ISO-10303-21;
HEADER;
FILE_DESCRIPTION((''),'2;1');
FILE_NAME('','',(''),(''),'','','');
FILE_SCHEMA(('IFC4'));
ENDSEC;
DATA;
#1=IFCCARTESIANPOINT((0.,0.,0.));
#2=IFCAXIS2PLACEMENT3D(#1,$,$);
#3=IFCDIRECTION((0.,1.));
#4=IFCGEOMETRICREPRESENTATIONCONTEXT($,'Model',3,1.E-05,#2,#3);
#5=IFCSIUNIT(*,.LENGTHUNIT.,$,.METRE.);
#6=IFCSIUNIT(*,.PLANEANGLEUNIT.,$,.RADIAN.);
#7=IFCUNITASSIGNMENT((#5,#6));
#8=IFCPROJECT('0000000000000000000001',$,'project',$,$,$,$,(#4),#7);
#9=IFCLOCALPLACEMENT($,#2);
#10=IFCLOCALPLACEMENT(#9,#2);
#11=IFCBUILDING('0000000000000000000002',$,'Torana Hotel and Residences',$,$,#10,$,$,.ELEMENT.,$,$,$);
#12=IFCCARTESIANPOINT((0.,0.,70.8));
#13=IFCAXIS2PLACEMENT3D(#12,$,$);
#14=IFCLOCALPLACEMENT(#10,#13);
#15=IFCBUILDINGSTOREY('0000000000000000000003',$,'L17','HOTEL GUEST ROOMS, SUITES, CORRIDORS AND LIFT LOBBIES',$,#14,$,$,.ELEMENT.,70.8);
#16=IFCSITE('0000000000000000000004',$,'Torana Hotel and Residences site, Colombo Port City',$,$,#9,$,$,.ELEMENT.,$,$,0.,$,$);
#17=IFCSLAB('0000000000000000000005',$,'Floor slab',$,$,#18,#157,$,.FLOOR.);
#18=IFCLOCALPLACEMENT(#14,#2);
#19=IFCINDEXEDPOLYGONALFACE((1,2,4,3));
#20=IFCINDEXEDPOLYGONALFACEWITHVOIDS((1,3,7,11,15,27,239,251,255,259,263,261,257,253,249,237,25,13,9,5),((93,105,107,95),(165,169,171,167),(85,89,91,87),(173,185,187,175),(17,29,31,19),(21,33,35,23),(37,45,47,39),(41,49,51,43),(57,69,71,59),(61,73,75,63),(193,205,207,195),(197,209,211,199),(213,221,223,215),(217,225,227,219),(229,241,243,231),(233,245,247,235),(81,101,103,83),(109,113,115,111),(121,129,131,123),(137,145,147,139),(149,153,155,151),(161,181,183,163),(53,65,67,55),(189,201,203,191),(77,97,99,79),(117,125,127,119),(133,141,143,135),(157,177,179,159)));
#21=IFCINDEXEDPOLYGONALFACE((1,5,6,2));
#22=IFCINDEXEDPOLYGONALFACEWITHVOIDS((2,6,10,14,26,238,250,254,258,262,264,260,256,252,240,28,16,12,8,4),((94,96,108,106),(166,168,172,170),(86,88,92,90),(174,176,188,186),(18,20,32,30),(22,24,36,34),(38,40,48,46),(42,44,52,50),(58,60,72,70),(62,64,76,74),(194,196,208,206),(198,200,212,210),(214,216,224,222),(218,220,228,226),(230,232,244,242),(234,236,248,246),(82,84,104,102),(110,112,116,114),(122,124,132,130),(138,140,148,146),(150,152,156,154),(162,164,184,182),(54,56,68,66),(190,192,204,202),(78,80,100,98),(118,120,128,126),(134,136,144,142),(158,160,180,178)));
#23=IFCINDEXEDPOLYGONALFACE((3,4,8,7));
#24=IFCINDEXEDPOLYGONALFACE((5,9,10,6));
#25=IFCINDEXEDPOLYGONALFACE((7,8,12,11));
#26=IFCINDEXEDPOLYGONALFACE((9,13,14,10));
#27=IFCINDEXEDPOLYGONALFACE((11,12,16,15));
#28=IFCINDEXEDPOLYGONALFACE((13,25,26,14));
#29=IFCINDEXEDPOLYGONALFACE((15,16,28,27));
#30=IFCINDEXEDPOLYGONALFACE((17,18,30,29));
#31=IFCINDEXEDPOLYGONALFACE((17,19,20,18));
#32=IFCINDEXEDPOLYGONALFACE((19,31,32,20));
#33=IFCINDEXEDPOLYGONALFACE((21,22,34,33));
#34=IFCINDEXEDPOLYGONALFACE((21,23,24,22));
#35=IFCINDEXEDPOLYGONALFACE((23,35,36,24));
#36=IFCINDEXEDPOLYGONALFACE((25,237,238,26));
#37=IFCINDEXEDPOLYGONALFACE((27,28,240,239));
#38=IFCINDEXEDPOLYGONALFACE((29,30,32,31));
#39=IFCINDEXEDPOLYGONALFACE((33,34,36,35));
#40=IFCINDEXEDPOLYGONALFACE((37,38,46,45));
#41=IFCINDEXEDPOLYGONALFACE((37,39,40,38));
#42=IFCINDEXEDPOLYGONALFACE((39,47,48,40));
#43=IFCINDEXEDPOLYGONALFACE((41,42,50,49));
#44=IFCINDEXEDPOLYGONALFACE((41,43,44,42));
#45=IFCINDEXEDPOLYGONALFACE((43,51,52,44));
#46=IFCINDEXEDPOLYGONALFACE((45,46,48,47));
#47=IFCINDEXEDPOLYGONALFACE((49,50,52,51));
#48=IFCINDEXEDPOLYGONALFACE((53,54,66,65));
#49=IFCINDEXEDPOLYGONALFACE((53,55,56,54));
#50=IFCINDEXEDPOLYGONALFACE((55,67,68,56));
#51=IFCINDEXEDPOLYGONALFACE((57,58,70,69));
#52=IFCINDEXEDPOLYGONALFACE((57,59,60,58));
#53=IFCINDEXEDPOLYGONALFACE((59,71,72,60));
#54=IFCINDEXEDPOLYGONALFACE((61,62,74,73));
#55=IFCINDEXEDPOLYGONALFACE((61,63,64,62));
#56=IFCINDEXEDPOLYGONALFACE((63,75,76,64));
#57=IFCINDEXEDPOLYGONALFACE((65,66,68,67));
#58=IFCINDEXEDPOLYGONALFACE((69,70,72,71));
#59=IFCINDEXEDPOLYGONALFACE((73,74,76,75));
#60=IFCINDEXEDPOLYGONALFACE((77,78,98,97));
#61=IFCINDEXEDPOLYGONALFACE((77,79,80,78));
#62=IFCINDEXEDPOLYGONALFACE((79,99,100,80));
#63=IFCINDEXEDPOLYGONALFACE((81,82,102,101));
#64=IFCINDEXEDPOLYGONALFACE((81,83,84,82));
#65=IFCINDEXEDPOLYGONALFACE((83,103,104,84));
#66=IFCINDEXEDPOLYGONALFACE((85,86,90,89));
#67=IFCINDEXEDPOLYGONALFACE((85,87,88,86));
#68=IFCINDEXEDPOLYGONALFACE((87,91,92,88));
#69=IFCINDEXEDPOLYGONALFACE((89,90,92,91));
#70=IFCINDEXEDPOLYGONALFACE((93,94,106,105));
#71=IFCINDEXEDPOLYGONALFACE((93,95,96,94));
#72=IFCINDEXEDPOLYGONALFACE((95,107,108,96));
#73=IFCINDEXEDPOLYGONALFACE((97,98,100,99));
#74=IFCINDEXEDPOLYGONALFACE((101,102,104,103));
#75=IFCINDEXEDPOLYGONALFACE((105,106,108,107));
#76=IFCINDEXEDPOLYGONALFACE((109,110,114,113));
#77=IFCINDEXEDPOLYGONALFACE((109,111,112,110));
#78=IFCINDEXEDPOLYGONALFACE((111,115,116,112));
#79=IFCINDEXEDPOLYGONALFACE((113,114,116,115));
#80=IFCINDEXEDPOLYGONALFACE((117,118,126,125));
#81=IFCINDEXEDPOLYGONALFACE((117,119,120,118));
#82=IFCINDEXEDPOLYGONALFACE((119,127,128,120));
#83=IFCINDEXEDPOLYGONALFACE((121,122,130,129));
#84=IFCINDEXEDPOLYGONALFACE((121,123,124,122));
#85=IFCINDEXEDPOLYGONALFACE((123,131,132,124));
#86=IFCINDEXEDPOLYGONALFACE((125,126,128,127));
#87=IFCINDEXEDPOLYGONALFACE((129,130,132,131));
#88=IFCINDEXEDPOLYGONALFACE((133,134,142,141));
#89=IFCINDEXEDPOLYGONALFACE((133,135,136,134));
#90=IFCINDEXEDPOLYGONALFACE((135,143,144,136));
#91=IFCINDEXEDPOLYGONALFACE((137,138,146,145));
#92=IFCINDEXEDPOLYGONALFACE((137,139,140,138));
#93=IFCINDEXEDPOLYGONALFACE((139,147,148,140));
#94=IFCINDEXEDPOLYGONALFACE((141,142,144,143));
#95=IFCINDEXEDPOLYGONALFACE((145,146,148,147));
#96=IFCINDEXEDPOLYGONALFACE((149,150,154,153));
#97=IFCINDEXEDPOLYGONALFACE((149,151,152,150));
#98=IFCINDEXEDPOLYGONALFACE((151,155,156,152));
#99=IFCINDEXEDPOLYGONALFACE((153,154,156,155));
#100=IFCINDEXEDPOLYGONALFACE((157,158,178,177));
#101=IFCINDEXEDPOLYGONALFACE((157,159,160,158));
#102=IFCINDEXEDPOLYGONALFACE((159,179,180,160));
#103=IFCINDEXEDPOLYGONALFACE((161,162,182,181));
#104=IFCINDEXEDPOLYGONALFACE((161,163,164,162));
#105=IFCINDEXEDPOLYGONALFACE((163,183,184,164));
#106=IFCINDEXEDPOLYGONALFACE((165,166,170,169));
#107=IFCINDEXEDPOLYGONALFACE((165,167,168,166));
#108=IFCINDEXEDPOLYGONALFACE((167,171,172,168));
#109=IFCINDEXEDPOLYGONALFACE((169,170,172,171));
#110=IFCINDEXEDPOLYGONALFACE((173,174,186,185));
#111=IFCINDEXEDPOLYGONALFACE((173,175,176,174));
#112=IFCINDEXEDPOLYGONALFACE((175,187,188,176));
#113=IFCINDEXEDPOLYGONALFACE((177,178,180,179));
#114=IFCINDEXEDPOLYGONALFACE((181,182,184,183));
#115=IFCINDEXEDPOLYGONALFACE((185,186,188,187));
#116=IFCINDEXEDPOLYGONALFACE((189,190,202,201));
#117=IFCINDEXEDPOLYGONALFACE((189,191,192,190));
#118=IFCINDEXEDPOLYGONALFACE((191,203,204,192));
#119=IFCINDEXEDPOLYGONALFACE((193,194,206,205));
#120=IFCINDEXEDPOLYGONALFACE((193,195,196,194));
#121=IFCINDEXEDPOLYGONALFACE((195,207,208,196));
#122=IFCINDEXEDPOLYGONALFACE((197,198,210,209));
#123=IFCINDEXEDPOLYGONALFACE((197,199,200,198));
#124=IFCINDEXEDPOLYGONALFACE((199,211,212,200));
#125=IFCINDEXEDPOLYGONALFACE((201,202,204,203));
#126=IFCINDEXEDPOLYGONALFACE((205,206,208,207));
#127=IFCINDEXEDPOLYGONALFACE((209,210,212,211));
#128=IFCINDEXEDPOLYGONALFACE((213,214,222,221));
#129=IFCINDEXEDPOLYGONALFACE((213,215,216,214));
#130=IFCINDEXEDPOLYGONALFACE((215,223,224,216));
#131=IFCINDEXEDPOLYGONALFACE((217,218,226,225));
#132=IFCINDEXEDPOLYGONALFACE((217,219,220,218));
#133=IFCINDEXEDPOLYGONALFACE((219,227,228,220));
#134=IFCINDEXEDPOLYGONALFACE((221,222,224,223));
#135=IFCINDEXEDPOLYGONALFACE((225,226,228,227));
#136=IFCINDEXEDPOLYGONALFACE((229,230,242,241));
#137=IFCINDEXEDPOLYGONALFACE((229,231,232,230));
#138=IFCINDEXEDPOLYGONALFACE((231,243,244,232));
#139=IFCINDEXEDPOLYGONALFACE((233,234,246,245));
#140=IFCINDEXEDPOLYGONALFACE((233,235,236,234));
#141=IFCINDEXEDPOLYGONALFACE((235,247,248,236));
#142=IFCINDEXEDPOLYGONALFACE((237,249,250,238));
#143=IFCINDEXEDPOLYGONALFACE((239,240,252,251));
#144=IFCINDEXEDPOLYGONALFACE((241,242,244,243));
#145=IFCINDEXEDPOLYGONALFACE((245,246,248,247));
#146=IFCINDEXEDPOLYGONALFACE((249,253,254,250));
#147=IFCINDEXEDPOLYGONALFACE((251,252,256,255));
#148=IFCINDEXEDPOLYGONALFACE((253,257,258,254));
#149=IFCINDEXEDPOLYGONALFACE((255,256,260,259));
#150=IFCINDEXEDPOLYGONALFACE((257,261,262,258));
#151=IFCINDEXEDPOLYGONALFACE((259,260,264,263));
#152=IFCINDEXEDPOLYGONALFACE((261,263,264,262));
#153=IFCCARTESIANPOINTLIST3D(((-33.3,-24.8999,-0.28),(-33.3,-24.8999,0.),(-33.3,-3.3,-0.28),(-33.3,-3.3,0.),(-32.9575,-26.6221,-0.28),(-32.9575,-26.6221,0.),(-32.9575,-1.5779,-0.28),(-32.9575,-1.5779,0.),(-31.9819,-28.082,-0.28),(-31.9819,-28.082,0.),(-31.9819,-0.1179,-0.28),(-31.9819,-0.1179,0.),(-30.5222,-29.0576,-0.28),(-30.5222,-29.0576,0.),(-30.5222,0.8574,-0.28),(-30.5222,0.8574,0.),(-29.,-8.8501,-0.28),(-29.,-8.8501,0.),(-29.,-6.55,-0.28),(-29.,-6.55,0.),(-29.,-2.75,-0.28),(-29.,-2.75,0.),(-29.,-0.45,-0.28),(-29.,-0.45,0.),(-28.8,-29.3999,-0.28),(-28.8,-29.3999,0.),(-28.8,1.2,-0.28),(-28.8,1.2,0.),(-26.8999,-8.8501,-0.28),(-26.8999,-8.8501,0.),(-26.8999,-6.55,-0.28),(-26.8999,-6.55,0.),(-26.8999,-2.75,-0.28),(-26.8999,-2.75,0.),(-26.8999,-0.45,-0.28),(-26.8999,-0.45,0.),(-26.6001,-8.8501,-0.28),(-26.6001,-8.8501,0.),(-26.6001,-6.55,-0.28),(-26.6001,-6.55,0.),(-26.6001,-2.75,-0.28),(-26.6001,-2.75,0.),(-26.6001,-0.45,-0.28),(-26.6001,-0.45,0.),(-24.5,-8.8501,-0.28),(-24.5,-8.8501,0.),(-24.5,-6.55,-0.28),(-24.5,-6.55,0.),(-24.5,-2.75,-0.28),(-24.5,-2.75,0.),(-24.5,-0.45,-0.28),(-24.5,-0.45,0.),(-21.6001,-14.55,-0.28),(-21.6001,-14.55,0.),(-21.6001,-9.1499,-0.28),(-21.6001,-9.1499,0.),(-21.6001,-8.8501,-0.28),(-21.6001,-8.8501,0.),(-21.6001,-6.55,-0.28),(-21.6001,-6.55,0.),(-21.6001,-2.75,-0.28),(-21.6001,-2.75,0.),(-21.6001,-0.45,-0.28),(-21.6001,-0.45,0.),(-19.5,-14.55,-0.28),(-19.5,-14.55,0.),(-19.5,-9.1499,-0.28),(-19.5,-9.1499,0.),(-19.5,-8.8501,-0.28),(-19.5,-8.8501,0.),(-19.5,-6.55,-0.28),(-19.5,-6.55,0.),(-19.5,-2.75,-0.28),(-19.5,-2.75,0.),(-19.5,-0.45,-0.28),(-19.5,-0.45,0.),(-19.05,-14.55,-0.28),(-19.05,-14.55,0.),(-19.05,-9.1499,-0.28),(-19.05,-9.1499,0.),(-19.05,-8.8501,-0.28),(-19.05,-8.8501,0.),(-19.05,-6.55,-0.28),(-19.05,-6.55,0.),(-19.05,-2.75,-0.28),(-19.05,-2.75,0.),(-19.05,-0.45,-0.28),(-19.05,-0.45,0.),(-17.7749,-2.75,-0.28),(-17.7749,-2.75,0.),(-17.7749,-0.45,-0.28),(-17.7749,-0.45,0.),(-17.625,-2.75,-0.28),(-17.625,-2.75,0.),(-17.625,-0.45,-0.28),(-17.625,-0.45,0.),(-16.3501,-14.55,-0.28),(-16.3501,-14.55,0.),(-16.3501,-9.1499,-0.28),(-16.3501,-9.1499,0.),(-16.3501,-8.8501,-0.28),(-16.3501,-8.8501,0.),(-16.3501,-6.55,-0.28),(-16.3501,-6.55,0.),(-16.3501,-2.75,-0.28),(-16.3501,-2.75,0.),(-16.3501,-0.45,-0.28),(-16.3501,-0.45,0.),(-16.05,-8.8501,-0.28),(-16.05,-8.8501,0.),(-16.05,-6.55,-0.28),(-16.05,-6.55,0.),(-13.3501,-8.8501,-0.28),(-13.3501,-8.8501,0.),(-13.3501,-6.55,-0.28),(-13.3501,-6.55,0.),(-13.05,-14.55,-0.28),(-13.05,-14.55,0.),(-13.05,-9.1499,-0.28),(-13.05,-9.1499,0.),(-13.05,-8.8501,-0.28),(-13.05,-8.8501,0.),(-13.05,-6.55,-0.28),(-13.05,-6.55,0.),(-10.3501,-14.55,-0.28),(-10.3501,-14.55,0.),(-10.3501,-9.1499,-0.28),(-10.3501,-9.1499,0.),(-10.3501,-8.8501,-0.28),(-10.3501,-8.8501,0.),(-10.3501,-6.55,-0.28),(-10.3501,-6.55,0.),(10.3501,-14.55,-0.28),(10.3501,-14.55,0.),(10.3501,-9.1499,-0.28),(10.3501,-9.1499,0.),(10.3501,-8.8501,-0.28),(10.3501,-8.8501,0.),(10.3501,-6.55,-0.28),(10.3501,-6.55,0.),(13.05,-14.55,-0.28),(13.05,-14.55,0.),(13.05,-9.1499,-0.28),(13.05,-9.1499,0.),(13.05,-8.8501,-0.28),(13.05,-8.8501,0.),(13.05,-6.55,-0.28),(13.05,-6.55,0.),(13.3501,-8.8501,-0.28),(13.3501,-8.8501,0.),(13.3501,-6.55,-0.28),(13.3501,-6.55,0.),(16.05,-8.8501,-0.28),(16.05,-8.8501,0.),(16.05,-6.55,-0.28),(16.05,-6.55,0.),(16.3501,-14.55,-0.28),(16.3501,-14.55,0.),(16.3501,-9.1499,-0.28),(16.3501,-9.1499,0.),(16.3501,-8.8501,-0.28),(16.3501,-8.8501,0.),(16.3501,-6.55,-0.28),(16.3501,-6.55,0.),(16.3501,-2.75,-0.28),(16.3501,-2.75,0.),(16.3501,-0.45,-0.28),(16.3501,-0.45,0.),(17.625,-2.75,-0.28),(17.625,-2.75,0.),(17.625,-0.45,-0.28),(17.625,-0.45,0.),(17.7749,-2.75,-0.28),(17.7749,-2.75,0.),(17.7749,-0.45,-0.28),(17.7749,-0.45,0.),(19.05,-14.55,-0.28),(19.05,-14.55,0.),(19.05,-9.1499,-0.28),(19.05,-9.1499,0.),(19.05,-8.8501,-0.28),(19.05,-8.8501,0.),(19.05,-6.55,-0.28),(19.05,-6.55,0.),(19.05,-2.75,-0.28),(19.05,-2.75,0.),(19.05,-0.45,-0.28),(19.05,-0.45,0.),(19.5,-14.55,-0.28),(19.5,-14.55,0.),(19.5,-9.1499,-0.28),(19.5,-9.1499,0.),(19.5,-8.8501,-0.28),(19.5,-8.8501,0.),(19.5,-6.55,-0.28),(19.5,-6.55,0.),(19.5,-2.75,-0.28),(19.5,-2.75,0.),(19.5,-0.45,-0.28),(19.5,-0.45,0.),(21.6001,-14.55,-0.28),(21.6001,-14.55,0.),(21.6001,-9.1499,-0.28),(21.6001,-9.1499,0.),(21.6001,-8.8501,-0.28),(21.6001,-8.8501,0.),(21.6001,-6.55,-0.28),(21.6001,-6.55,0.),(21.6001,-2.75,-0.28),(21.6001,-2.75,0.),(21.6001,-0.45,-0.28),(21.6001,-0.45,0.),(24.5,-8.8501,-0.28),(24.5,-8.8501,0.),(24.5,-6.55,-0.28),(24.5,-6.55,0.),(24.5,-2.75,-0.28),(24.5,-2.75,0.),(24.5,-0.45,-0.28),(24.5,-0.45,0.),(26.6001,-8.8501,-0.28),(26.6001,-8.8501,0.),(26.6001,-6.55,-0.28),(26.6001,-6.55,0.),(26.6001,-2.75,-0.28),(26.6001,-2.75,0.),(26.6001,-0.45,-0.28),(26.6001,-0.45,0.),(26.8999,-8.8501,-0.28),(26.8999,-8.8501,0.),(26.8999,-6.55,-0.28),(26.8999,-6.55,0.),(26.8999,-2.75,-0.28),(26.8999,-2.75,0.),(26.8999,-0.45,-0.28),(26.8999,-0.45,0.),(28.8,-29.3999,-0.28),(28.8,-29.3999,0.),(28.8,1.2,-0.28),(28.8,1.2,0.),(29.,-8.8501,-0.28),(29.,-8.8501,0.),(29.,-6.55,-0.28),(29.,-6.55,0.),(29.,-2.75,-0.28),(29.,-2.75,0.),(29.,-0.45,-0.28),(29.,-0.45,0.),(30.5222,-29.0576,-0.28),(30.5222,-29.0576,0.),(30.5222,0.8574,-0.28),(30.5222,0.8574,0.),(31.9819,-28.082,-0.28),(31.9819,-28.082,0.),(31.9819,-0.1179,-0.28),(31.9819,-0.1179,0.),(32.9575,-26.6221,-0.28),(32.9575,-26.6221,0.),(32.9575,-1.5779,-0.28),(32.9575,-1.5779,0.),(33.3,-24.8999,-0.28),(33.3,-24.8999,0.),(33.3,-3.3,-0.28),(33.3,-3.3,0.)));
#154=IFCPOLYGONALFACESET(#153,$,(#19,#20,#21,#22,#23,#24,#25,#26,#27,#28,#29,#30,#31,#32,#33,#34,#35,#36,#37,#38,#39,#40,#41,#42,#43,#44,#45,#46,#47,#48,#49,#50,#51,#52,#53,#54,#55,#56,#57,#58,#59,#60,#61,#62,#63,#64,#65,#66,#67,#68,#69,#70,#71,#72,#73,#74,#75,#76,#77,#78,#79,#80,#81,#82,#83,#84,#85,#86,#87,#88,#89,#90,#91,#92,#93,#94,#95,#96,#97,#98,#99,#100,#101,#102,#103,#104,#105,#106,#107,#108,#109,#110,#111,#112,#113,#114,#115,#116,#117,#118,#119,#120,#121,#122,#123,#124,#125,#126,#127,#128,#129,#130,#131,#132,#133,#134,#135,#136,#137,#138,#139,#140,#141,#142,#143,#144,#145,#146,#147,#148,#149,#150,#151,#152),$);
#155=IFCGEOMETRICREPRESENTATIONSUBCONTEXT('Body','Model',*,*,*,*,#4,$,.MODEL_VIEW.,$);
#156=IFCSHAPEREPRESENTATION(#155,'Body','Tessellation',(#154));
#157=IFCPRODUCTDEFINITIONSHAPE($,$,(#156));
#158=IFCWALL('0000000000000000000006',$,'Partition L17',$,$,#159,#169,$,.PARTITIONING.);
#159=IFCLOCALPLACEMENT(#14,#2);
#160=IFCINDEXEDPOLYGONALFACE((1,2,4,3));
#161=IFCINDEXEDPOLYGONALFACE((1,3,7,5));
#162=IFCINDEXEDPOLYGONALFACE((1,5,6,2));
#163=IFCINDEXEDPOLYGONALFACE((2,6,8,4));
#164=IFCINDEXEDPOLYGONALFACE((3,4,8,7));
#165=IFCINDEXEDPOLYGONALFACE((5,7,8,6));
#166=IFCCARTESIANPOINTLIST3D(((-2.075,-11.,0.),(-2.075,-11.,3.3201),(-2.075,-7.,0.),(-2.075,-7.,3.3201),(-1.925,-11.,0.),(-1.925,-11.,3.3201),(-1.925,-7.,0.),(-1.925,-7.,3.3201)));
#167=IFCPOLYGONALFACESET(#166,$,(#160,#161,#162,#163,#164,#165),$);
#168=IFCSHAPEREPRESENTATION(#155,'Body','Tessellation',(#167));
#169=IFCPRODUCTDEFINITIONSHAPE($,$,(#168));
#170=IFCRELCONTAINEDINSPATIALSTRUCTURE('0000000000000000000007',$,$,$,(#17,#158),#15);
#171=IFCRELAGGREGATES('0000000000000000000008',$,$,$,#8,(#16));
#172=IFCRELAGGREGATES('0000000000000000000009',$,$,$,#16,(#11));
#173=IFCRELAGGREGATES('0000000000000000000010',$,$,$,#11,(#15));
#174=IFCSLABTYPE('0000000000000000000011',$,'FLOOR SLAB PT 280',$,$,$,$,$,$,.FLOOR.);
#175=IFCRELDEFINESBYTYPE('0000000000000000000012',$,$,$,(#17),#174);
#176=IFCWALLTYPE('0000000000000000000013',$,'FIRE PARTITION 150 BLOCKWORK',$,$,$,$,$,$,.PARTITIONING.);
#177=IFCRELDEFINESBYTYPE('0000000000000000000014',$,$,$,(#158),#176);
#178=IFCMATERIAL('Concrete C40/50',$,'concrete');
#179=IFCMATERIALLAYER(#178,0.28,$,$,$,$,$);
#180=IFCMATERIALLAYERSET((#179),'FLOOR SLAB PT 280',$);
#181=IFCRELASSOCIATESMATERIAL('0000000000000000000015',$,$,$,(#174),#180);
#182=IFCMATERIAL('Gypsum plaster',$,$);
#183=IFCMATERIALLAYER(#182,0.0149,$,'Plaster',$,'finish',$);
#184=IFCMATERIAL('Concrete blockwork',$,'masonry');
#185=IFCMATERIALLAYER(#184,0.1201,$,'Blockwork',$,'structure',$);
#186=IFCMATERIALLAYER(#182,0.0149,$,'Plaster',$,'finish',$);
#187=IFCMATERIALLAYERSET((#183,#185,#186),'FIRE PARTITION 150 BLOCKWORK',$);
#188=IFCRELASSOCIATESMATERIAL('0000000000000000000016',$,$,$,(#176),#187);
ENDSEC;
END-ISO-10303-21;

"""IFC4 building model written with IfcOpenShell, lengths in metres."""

from ifc_helpers import new_model, si_unit, direction, frame, frame_2d, origin, place, context, subcontext, project, spatial, polyline, rectangle, outline, extrude, material, layer, layer_set, type_object, element, save


model = new_model("IFC4")

# Units and contexts
model_context = context("Model", 3, precision=1e-05, world=origin(), true_north=direction((0.0, 1.0)))
body_context = subcontext(model_context, "Body", "Model", "MODEL_VIEW")
ifc_project = project(units=[si_unit("LENGTHUNIT", "METRE"), si_unit("PLANEANGLEUNIT", "RADIAN")], contexts=[model_context])

# Site, building, storey
site_placement = place(None, origin())
site = spatial("IfcSite", under=ifc_project, at=site_placement, Name="Torana Hotel and Residences site, Colombo Port City", CompositionType="ELEMENT", RefElevation=0.0)
building_placement = place(site_placement, origin())
building = spatial("IfcBuilding", under=site, at=building_placement, Name="Torana Hotel and Residences", CompositionType="ELEMENT")
storey_placement = place(building_placement, frame((0.0, 0.0, 70.8)))
storey = spatial("IfcBuildingStorey", under=building, at=storey_placement, Name="L17", Description="HOTEL GUEST ROOMS, SUITES, CORRIDORS AND LIFT LOBBIES", CompositionType="ELEMENT", Elevation=70.8)

# Slab
ifc_material_1 = material(Name="Concrete C40/50", Category="concrete")
ifc_layer_1 = layer(ifc_material_1, 0.28)
ifc_layer_set_1 = layer_set([ifc_layer_1], Name="FLOOR SLAB PT 280")
slab_type_1 = type_object("IfcSlabType", Name="FLOOR SLAB PT 280", PredefinedType="FLOOR", material=ifc_layer_set_1)
slab_1_placement = place(storey_placement, frame((0.0, 0.0, -0.28)))
element("IfcSlab", 1, at=slab_1_placement, inside=storey, type_object=slab_type_1, Name="Floor slab", PredefinedType="FLOOR", context=body_context, shape_type="SweptSolid", body=[
    extrude(outline(polyline([(33.3, -3.3), (32.9575, -1.5779), (31.9819, -0.1179), (30.5222, 0.8574), (28.8, 1.2), (-28.8, 1.2), (-30.5222, 0.8574), (-31.9819, -0.1179), (-32.9575, -1.5779), (-33.3, -3.3), (-33.3, -24.8999), (-32.9575, -26.6221), (-31.9819, -28.082), (-30.5222, -29.0576), (-28.8, -29.3999), (28.8, -29.3999), (30.5222, -29.0576), (31.9819, -28.082), (32.9575, -26.6221), (33.3, -24.8999), (33.3, -3.3)]), holes=[polyline([(-13.05, -14.55), (-10.3501, -14.55), (-10.3501, -9.1499), (-13.05, -9.1499), (-13.05, -14.55)]), polyline([(-19.05, -14.55), (-16.3501, -14.55), (-16.3501, -9.1499), (-19.05, -9.1499), (-19.05, -14.55)]), polyline([(-17.625, -2.75), (-16.3501, -2.75), (-16.3501, -0.45), (-17.625, -0.45), (-17.625, -2.75)]), polyline([(-19.05, -2.75), (-17.7749, -2.75), (-17.7749, -0.45), (-19.05, -0.45), (-19.05, -2.75)]), polyline([(-26.6001, -2.75), (-24.5, -2.75), (-24.5, -0.45), (-26.6001, -0.45), (-26.6001, -2.75)]), polyline([(-29.0, -2.75), (-26.8999, -2.75), (-26.8999, -0.45), (-29.0, -0.45), (-29.0, -2.75)]), polyline([(-26.6001, -8.8501), (-24.5, -8.8501), (-24.5, -6.55), (-26.6001, -6.55), (-26.6001, -8.8501)]), polyline([(-29.0, -8.8501), (-26.8999, -8.8501), (-26.8999, -6.55), (-29.0, -6.55), (-29.0, -8.8501)]), polyline([(-21.6001, -2.75), (-19.5, -2.75), (-19.5, -0.45), (-21.6001, -0.45), (-21.6001, -2.75)]), polyline([(-21.6001, -8.8501), (-19.5, -8.8501), (-19.5, -6.55), (-21.6001, -6.55), (-21.6001, -8.8501)]), polyline([(-13.05, -8.8501), (-10.3501, -8.8501), (-10.3501, -6.55), (-13.05, -6.55), (-13.05, -8.8501)]), polyline([(-16.05, -8.8501), (-13.3501, -8.8501), (-13.3501, -6.55), (-16.05, -6.55), (-16.05, -8.8501)]), polyline([(-19.05, -8.8501), (-16.3501, -8.8501), (-16.3501, -6.55), (-19.05, -6.55), (-19.05, -8.8501)]), polyline([(-21.6001, -14.55), (-19.5, -14.55), (-19.5, -9.1499), (-21.6001, -9.1499), (-21.6001, -14.55)]), polyline([(10.3501, -14.55), (13.05, -14.55), (13.05, -9.1499), (10.3501, -9.1499), (10.3501, -14.55)]), polyline([(16.3501, -14.55), (19.05, -14.55), (19.05, -9.1499), (16.3501, -9.1499), (16.3501, -14.55)]), polyline([(16.3501, -2.75), (17.625, -2.75), (17.625, -0.45), (16.3501, -0.45), (16.3501, -2.75)]), polyline([(17.7749, -2.75), (19.05, -2.75), (19.05, -0.45), (17.7749, -0.45), (17.7749, -2.75)]), polyline([(24.5, -2.75), (26.6001, -2.75), (26.6001, -0.45), (24.5, -0.45), (24.5, -2.75)]), polyline([(26.8999, -2.75), (29.0, -2.75), (29.0, -0.45), (26.8999, -0.45), (26.8999, -2.75)]), polyline([(24.5, -8.8501), (26.6001, -8.8501), (26.6001, -6.55), (24.5, -6.55), (24.5, -8.8501)]), polyline([(26.8999, -8.8501), (29.0, -8.8501), (29.0, -6.55), (26.8999, -6.55), (26.8999, -8.8501)]), polyline([(19.5, -2.75), (21.6001, -2.75), (21.6001, -0.45), (19.5, -0.45), (19.5, -2.75)]), polyline([(19.5, -8.8501), (21.6001, -8.8501), (21.6001, -6.55), (19.5, -6.55), (19.5, -8.8501)]), polyline([(10.3501, -8.8501), (13.05, -8.8501), (13.05, -6.55), (10.3501, -6.55), (10.3501, -8.8501)]), polyline([(13.3501, -8.8501), (16.05, -8.8501), (16.05, -6.55), (13.3501, -6.55), (13.3501, -8.8501)]), polyline([(16.3501, -8.8501), (19.05, -8.8501), (19.05, -6.55), (16.3501, -6.55), (16.3501, -8.8501)]), polyline([(19.5, -14.55), (21.6001, -14.55), (21.6001, -9.1499), (19.5, -9.1499), (19.5, -14.55)])]), origin(), (0.0, 0.0, 1.0), 0.28),
])

# Wall
ifc_material_2 = material(Name="Gypsum plaster")
ifc_layer_2 = layer(ifc_material_2, 0.0149, Name="Plaster", Category="finish")
ifc_material_3 = material(Name="Concrete blockwork", Category="masonry")
ifc_layer_3 = layer(ifc_material_3, 0.1201, Name="Blockwork", Category="structure")
ifc_layer_4 = layer(ifc_material_2, 0.0149, Name="Plaster", Category="finish")
ifc_layer_set_2 = layer_set([ifc_layer_2, ifc_layer_3, ifc_layer_4], Name="FIRE PARTITION 150 BLOCKWORK")
wall_type_1 = type_object("IfcWallType", Name="FIRE PARTITION 150 BLOCKWORK", PredefinedType="PARTITIONING", material=ifc_layer_set_2)
wall_1_placement = place(storey_placement, frame((-2.0, -11.0, 0.0), z_axis=(0.0, 0.0, 1.0), x_axis=(0.0, 1.0, 0.0)))
element("IfcWall", 2, at=wall_1_placement, inside=storey, type_object=wall_type_1, Name="Partition L17", PredefinedType="PARTITIONING", context=body_context, shape_type="SweptSolid", body=[
    extrude(rectangle(XDim=4.0, YDim=0.1499, at=frame_2d((2.0, 0.0))), origin(), (0.0, 0.0, 1.0), 3.3201),
])

save(model, "model.ifc")
